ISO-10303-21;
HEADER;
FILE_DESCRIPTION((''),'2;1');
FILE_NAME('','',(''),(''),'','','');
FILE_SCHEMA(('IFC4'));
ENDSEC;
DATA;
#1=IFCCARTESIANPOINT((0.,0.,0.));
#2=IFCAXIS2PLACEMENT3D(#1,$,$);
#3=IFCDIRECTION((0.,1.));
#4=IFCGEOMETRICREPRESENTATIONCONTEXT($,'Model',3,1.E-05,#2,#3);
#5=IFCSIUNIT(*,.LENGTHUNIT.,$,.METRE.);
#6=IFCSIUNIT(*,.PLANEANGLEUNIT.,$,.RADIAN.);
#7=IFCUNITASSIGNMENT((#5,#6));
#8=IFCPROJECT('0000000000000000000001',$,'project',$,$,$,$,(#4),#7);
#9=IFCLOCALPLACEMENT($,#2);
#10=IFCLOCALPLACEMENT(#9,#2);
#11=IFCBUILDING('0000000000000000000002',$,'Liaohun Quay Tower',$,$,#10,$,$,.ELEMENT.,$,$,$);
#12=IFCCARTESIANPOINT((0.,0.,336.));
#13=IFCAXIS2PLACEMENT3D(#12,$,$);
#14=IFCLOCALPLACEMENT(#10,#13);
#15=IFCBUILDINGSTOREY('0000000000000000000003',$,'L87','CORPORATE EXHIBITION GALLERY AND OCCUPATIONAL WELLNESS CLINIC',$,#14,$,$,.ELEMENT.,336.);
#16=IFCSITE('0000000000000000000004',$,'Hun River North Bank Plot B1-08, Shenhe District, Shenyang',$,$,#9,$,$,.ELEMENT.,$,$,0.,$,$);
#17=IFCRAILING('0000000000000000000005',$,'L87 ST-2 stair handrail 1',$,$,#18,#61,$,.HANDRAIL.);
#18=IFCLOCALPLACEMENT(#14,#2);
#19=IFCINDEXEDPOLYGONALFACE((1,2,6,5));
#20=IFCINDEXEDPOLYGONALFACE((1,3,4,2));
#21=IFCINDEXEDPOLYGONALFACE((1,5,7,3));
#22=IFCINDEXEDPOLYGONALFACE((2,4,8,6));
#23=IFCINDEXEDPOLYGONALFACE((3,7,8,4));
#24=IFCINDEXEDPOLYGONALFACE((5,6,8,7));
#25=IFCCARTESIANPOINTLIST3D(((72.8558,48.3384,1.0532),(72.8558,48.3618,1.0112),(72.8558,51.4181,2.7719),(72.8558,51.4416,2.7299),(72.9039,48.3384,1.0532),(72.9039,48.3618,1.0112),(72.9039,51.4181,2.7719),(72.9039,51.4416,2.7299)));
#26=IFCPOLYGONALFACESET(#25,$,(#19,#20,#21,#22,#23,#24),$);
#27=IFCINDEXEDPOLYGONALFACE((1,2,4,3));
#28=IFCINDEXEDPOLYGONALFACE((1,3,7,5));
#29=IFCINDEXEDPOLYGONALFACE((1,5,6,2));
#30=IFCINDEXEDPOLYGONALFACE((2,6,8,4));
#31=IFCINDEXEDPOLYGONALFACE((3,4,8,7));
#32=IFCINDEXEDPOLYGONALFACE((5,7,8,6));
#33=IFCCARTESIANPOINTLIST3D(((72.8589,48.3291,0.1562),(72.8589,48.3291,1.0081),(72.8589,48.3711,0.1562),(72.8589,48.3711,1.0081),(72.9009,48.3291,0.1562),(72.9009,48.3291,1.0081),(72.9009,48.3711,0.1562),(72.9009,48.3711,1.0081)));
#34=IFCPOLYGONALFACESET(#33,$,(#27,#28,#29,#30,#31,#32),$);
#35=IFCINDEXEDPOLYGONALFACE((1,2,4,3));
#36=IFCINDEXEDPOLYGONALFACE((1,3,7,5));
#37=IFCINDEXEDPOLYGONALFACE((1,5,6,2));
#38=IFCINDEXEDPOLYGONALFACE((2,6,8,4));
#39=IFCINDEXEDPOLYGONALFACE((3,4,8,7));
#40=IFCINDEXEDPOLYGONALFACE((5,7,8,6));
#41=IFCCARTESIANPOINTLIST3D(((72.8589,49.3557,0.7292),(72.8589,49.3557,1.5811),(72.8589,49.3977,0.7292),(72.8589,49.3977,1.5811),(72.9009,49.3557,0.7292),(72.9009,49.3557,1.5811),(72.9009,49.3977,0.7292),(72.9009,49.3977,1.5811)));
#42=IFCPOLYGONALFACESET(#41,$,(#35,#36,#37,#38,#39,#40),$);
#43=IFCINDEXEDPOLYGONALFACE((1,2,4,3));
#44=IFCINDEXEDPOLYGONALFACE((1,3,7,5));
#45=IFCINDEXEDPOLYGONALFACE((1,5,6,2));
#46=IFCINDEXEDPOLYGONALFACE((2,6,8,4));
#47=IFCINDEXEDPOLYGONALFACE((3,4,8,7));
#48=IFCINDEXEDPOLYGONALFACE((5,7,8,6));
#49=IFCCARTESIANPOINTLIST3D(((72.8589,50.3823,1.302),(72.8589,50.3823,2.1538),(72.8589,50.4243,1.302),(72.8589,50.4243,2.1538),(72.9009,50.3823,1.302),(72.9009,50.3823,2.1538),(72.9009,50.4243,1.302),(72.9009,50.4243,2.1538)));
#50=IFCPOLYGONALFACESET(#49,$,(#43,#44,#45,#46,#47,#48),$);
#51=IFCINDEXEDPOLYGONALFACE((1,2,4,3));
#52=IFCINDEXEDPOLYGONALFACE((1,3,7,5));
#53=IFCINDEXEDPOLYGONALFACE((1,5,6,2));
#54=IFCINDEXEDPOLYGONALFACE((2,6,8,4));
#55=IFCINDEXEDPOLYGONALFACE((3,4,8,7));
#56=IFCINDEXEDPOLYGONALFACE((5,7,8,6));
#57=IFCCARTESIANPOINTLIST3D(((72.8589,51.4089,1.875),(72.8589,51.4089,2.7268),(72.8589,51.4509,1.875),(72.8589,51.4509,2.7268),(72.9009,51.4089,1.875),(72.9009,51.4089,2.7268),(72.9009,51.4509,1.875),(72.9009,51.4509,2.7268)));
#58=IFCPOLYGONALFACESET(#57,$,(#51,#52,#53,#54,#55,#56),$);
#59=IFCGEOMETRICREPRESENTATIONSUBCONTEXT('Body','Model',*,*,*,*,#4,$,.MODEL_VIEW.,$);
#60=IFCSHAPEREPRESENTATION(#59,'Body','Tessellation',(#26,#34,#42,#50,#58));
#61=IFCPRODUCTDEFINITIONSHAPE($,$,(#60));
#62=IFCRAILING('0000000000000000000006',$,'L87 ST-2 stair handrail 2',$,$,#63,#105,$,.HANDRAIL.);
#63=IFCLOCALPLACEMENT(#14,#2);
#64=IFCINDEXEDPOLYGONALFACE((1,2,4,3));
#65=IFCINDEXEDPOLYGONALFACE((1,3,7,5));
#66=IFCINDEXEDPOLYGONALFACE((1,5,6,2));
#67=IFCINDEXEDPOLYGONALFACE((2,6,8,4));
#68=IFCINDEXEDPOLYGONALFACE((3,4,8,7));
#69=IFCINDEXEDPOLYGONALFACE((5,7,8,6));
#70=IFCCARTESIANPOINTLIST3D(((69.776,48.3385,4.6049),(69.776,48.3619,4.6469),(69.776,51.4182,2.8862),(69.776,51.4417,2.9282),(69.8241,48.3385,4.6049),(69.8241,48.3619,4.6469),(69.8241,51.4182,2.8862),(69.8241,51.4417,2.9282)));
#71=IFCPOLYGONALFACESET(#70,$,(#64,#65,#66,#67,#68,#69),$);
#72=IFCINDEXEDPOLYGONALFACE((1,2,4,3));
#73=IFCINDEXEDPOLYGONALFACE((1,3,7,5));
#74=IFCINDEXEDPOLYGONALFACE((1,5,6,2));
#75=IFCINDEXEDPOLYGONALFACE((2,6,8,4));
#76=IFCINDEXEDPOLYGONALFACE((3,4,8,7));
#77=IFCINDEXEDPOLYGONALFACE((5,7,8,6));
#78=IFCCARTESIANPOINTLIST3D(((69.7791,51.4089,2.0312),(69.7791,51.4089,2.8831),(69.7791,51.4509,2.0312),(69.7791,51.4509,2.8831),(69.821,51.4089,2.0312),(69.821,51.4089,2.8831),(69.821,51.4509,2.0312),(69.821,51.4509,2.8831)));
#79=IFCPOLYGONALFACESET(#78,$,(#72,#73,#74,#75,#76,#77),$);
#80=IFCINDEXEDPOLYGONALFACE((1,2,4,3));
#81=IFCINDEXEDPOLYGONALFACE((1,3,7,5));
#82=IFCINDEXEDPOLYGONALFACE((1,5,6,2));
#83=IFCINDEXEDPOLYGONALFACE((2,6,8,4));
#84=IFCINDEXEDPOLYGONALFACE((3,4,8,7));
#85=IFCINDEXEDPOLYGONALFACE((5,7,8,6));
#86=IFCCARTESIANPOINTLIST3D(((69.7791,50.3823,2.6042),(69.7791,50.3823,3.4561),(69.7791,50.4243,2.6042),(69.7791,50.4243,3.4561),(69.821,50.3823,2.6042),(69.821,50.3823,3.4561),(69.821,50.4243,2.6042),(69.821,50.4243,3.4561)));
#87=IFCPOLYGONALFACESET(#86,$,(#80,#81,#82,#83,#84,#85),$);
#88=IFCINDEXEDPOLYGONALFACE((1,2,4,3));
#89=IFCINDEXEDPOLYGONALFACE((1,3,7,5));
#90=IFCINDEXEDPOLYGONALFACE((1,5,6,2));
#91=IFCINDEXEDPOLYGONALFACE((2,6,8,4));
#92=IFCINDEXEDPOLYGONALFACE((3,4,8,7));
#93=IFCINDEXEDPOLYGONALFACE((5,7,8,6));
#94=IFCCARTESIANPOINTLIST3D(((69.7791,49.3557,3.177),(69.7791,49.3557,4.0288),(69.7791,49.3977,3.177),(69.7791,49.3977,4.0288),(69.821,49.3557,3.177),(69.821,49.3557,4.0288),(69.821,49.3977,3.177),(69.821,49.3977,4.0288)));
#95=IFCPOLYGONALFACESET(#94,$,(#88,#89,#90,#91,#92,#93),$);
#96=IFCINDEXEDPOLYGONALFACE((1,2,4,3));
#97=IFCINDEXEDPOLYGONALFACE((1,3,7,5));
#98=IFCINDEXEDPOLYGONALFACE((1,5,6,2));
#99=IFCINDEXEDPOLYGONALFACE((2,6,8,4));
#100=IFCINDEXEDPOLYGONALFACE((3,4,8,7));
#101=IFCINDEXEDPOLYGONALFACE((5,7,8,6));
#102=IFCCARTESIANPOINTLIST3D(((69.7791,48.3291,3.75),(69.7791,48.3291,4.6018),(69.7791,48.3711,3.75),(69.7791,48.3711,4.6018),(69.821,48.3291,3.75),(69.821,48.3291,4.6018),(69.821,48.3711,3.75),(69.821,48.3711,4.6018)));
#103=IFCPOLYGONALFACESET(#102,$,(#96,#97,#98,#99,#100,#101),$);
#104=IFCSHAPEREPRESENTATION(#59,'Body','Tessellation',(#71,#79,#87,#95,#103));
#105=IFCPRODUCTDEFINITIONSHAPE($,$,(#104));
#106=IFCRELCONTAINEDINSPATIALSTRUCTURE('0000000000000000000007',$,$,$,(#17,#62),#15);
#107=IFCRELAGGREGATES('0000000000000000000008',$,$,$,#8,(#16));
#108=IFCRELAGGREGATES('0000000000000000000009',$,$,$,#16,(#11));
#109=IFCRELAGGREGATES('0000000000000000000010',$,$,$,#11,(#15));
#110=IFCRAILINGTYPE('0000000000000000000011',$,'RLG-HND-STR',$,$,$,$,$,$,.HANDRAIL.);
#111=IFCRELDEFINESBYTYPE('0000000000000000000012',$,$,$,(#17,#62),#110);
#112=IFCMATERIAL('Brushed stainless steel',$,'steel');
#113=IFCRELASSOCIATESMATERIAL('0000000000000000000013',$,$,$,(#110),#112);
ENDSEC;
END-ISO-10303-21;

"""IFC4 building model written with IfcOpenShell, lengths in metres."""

from ifc_helpers import new_model, si_unit, direction, frame, origin, origin_2d, place, context, subcontext, project, spatial, rectangle, extrude, material, type_object, element, save


model = new_model("IFC4")

# Units and contexts
model_context = context("Model", 3, precision=1e-05, world=origin(), true_north=direction((0.0, 1.0)))
body_context = subcontext(model_context, "Body", "Model", "MODEL_VIEW")
ifc_project = project(units=[si_unit("LENGTHUNIT", "METRE"), si_unit("PLANEANGLEUNIT", "RADIAN")], contexts=[model_context])

# Site, building, storey
site_placement = place(None, origin())
site = spatial("IfcSite", under=ifc_project, at=site_placement, Name="Hun River North Bank Plot B1-08, Shenhe District, Shenyang", CompositionType="ELEMENT", RefElevation=0.0)
building_placement = place(site_placement, origin())
building = spatial("IfcBuilding", under=site, at=building_placement, Name="Liaohun Quay Tower", CompositionType="ELEMENT")
storey_placement = place(building_placement, frame((0.0, 0.0, 336.0)))
storey = spatial("IfcBuildingStorey", under=building, at=storey_placement, Name="L87", Description="CORPORATE EXHIBITION GALLERY AND OCCUPATIONAL WELLNESS CLINIC", CompositionType="ELEMENT", Elevation=336.0)

# Railings
ifc_material_1 = material(Name="Brushed stainless steel", Category="steel")
railing_type_1 = type_object("IfcRailingType", Name="RLG-HND-STR", PredefinedType="HANDRAIL", material=ifc_material_1)
railing_1_placement = place(storey_placement, frame((72.8799, 48.3501, 0.1562)))
element("IfcRailing", 1, at=railing_1_placement, inside=storey, type_object=railing_type_1, Name="L87 ST-2 stair handrail 1", PredefinedType="HANDRAIL", context=body_context, shape_type="SweptSolid", body=[
    extrude(rectangle(XDim=0.0481, YDim=0.0481, at=origin_2d()), frame((0.0, 0.0, 0.876), z_axis=(0.0, 0.873225, 0.487317), x_axis=(-1.0, 0.0, 0.0)), (0.0, 0.0, 1.0), 3.5269),
    extrude(rectangle(XDim=0.042, YDim=0.042, at=origin_2d()), origin(), (0.0, 0.0, 1.0), 0.8518),
    extrude(rectangle(XDim=0.042, YDim=0.042, at=origin_2d()), frame((0.0, 1.0266, 0.573)), (0.0, 0.0, 1.0), 0.8518),
    extrude(rectangle(XDim=0.042, YDim=0.042, at=origin_2d()), frame((0.0, 2.0532, 1.1458)), (0.0, 0.0, 1.0), 0.8518),
    extrude(rectangle(XDim=0.042, YDim=0.042, at=origin_2d()), frame((0.0, 3.0798, 1.7188)), (0.0, 0.0, 1.0), 0.8518),
])
railing_2_placement = place(storey_placement, frame((69.8, 51.4299, 2.0312)))
element("IfcRailing", 2, at=railing_2_placement, inside=storey, type_object=railing_type_1, Name="L87 ST-2 stair handrail 2", PredefinedType="HANDRAIL", context=body_context, shape_type="SweptSolid", body=[
    extrude(rectangle(XDim=0.0481, YDim=0.0481, at=origin_2d()), frame((0.0, 0.0, 0.876), z_axis=(0.0, -0.873225, 0.487317), x_axis=(1.0, 0.0, 0.0)), (0.0, 0.0, 1.0), 3.5269),
    extrude(rectangle(XDim=0.042, YDim=0.042, at=origin_2d()), origin(), (0.0, 0.0, 1.0), 0.8518),
    extrude(rectangle(XDim=0.042, YDim=0.042, at=origin_2d()), frame((0.0, -1.0266, 0.573)), (0.0, 0.0, 1.0), 0.8518),
    extrude(rectangle(XDim=0.042, YDim=0.042, at=origin_2d()), frame((0.0, -2.0532, 1.1458)), (0.0, 0.0, 1.0), 0.8518),
    extrude(rectangle(XDim=0.042, YDim=0.042, at=origin_2d()), frame((0.0, -3.0798, 1.7188)), (0.0, 0.0, 1.0), 0.8518),
])

save(model, "model.ifc")
